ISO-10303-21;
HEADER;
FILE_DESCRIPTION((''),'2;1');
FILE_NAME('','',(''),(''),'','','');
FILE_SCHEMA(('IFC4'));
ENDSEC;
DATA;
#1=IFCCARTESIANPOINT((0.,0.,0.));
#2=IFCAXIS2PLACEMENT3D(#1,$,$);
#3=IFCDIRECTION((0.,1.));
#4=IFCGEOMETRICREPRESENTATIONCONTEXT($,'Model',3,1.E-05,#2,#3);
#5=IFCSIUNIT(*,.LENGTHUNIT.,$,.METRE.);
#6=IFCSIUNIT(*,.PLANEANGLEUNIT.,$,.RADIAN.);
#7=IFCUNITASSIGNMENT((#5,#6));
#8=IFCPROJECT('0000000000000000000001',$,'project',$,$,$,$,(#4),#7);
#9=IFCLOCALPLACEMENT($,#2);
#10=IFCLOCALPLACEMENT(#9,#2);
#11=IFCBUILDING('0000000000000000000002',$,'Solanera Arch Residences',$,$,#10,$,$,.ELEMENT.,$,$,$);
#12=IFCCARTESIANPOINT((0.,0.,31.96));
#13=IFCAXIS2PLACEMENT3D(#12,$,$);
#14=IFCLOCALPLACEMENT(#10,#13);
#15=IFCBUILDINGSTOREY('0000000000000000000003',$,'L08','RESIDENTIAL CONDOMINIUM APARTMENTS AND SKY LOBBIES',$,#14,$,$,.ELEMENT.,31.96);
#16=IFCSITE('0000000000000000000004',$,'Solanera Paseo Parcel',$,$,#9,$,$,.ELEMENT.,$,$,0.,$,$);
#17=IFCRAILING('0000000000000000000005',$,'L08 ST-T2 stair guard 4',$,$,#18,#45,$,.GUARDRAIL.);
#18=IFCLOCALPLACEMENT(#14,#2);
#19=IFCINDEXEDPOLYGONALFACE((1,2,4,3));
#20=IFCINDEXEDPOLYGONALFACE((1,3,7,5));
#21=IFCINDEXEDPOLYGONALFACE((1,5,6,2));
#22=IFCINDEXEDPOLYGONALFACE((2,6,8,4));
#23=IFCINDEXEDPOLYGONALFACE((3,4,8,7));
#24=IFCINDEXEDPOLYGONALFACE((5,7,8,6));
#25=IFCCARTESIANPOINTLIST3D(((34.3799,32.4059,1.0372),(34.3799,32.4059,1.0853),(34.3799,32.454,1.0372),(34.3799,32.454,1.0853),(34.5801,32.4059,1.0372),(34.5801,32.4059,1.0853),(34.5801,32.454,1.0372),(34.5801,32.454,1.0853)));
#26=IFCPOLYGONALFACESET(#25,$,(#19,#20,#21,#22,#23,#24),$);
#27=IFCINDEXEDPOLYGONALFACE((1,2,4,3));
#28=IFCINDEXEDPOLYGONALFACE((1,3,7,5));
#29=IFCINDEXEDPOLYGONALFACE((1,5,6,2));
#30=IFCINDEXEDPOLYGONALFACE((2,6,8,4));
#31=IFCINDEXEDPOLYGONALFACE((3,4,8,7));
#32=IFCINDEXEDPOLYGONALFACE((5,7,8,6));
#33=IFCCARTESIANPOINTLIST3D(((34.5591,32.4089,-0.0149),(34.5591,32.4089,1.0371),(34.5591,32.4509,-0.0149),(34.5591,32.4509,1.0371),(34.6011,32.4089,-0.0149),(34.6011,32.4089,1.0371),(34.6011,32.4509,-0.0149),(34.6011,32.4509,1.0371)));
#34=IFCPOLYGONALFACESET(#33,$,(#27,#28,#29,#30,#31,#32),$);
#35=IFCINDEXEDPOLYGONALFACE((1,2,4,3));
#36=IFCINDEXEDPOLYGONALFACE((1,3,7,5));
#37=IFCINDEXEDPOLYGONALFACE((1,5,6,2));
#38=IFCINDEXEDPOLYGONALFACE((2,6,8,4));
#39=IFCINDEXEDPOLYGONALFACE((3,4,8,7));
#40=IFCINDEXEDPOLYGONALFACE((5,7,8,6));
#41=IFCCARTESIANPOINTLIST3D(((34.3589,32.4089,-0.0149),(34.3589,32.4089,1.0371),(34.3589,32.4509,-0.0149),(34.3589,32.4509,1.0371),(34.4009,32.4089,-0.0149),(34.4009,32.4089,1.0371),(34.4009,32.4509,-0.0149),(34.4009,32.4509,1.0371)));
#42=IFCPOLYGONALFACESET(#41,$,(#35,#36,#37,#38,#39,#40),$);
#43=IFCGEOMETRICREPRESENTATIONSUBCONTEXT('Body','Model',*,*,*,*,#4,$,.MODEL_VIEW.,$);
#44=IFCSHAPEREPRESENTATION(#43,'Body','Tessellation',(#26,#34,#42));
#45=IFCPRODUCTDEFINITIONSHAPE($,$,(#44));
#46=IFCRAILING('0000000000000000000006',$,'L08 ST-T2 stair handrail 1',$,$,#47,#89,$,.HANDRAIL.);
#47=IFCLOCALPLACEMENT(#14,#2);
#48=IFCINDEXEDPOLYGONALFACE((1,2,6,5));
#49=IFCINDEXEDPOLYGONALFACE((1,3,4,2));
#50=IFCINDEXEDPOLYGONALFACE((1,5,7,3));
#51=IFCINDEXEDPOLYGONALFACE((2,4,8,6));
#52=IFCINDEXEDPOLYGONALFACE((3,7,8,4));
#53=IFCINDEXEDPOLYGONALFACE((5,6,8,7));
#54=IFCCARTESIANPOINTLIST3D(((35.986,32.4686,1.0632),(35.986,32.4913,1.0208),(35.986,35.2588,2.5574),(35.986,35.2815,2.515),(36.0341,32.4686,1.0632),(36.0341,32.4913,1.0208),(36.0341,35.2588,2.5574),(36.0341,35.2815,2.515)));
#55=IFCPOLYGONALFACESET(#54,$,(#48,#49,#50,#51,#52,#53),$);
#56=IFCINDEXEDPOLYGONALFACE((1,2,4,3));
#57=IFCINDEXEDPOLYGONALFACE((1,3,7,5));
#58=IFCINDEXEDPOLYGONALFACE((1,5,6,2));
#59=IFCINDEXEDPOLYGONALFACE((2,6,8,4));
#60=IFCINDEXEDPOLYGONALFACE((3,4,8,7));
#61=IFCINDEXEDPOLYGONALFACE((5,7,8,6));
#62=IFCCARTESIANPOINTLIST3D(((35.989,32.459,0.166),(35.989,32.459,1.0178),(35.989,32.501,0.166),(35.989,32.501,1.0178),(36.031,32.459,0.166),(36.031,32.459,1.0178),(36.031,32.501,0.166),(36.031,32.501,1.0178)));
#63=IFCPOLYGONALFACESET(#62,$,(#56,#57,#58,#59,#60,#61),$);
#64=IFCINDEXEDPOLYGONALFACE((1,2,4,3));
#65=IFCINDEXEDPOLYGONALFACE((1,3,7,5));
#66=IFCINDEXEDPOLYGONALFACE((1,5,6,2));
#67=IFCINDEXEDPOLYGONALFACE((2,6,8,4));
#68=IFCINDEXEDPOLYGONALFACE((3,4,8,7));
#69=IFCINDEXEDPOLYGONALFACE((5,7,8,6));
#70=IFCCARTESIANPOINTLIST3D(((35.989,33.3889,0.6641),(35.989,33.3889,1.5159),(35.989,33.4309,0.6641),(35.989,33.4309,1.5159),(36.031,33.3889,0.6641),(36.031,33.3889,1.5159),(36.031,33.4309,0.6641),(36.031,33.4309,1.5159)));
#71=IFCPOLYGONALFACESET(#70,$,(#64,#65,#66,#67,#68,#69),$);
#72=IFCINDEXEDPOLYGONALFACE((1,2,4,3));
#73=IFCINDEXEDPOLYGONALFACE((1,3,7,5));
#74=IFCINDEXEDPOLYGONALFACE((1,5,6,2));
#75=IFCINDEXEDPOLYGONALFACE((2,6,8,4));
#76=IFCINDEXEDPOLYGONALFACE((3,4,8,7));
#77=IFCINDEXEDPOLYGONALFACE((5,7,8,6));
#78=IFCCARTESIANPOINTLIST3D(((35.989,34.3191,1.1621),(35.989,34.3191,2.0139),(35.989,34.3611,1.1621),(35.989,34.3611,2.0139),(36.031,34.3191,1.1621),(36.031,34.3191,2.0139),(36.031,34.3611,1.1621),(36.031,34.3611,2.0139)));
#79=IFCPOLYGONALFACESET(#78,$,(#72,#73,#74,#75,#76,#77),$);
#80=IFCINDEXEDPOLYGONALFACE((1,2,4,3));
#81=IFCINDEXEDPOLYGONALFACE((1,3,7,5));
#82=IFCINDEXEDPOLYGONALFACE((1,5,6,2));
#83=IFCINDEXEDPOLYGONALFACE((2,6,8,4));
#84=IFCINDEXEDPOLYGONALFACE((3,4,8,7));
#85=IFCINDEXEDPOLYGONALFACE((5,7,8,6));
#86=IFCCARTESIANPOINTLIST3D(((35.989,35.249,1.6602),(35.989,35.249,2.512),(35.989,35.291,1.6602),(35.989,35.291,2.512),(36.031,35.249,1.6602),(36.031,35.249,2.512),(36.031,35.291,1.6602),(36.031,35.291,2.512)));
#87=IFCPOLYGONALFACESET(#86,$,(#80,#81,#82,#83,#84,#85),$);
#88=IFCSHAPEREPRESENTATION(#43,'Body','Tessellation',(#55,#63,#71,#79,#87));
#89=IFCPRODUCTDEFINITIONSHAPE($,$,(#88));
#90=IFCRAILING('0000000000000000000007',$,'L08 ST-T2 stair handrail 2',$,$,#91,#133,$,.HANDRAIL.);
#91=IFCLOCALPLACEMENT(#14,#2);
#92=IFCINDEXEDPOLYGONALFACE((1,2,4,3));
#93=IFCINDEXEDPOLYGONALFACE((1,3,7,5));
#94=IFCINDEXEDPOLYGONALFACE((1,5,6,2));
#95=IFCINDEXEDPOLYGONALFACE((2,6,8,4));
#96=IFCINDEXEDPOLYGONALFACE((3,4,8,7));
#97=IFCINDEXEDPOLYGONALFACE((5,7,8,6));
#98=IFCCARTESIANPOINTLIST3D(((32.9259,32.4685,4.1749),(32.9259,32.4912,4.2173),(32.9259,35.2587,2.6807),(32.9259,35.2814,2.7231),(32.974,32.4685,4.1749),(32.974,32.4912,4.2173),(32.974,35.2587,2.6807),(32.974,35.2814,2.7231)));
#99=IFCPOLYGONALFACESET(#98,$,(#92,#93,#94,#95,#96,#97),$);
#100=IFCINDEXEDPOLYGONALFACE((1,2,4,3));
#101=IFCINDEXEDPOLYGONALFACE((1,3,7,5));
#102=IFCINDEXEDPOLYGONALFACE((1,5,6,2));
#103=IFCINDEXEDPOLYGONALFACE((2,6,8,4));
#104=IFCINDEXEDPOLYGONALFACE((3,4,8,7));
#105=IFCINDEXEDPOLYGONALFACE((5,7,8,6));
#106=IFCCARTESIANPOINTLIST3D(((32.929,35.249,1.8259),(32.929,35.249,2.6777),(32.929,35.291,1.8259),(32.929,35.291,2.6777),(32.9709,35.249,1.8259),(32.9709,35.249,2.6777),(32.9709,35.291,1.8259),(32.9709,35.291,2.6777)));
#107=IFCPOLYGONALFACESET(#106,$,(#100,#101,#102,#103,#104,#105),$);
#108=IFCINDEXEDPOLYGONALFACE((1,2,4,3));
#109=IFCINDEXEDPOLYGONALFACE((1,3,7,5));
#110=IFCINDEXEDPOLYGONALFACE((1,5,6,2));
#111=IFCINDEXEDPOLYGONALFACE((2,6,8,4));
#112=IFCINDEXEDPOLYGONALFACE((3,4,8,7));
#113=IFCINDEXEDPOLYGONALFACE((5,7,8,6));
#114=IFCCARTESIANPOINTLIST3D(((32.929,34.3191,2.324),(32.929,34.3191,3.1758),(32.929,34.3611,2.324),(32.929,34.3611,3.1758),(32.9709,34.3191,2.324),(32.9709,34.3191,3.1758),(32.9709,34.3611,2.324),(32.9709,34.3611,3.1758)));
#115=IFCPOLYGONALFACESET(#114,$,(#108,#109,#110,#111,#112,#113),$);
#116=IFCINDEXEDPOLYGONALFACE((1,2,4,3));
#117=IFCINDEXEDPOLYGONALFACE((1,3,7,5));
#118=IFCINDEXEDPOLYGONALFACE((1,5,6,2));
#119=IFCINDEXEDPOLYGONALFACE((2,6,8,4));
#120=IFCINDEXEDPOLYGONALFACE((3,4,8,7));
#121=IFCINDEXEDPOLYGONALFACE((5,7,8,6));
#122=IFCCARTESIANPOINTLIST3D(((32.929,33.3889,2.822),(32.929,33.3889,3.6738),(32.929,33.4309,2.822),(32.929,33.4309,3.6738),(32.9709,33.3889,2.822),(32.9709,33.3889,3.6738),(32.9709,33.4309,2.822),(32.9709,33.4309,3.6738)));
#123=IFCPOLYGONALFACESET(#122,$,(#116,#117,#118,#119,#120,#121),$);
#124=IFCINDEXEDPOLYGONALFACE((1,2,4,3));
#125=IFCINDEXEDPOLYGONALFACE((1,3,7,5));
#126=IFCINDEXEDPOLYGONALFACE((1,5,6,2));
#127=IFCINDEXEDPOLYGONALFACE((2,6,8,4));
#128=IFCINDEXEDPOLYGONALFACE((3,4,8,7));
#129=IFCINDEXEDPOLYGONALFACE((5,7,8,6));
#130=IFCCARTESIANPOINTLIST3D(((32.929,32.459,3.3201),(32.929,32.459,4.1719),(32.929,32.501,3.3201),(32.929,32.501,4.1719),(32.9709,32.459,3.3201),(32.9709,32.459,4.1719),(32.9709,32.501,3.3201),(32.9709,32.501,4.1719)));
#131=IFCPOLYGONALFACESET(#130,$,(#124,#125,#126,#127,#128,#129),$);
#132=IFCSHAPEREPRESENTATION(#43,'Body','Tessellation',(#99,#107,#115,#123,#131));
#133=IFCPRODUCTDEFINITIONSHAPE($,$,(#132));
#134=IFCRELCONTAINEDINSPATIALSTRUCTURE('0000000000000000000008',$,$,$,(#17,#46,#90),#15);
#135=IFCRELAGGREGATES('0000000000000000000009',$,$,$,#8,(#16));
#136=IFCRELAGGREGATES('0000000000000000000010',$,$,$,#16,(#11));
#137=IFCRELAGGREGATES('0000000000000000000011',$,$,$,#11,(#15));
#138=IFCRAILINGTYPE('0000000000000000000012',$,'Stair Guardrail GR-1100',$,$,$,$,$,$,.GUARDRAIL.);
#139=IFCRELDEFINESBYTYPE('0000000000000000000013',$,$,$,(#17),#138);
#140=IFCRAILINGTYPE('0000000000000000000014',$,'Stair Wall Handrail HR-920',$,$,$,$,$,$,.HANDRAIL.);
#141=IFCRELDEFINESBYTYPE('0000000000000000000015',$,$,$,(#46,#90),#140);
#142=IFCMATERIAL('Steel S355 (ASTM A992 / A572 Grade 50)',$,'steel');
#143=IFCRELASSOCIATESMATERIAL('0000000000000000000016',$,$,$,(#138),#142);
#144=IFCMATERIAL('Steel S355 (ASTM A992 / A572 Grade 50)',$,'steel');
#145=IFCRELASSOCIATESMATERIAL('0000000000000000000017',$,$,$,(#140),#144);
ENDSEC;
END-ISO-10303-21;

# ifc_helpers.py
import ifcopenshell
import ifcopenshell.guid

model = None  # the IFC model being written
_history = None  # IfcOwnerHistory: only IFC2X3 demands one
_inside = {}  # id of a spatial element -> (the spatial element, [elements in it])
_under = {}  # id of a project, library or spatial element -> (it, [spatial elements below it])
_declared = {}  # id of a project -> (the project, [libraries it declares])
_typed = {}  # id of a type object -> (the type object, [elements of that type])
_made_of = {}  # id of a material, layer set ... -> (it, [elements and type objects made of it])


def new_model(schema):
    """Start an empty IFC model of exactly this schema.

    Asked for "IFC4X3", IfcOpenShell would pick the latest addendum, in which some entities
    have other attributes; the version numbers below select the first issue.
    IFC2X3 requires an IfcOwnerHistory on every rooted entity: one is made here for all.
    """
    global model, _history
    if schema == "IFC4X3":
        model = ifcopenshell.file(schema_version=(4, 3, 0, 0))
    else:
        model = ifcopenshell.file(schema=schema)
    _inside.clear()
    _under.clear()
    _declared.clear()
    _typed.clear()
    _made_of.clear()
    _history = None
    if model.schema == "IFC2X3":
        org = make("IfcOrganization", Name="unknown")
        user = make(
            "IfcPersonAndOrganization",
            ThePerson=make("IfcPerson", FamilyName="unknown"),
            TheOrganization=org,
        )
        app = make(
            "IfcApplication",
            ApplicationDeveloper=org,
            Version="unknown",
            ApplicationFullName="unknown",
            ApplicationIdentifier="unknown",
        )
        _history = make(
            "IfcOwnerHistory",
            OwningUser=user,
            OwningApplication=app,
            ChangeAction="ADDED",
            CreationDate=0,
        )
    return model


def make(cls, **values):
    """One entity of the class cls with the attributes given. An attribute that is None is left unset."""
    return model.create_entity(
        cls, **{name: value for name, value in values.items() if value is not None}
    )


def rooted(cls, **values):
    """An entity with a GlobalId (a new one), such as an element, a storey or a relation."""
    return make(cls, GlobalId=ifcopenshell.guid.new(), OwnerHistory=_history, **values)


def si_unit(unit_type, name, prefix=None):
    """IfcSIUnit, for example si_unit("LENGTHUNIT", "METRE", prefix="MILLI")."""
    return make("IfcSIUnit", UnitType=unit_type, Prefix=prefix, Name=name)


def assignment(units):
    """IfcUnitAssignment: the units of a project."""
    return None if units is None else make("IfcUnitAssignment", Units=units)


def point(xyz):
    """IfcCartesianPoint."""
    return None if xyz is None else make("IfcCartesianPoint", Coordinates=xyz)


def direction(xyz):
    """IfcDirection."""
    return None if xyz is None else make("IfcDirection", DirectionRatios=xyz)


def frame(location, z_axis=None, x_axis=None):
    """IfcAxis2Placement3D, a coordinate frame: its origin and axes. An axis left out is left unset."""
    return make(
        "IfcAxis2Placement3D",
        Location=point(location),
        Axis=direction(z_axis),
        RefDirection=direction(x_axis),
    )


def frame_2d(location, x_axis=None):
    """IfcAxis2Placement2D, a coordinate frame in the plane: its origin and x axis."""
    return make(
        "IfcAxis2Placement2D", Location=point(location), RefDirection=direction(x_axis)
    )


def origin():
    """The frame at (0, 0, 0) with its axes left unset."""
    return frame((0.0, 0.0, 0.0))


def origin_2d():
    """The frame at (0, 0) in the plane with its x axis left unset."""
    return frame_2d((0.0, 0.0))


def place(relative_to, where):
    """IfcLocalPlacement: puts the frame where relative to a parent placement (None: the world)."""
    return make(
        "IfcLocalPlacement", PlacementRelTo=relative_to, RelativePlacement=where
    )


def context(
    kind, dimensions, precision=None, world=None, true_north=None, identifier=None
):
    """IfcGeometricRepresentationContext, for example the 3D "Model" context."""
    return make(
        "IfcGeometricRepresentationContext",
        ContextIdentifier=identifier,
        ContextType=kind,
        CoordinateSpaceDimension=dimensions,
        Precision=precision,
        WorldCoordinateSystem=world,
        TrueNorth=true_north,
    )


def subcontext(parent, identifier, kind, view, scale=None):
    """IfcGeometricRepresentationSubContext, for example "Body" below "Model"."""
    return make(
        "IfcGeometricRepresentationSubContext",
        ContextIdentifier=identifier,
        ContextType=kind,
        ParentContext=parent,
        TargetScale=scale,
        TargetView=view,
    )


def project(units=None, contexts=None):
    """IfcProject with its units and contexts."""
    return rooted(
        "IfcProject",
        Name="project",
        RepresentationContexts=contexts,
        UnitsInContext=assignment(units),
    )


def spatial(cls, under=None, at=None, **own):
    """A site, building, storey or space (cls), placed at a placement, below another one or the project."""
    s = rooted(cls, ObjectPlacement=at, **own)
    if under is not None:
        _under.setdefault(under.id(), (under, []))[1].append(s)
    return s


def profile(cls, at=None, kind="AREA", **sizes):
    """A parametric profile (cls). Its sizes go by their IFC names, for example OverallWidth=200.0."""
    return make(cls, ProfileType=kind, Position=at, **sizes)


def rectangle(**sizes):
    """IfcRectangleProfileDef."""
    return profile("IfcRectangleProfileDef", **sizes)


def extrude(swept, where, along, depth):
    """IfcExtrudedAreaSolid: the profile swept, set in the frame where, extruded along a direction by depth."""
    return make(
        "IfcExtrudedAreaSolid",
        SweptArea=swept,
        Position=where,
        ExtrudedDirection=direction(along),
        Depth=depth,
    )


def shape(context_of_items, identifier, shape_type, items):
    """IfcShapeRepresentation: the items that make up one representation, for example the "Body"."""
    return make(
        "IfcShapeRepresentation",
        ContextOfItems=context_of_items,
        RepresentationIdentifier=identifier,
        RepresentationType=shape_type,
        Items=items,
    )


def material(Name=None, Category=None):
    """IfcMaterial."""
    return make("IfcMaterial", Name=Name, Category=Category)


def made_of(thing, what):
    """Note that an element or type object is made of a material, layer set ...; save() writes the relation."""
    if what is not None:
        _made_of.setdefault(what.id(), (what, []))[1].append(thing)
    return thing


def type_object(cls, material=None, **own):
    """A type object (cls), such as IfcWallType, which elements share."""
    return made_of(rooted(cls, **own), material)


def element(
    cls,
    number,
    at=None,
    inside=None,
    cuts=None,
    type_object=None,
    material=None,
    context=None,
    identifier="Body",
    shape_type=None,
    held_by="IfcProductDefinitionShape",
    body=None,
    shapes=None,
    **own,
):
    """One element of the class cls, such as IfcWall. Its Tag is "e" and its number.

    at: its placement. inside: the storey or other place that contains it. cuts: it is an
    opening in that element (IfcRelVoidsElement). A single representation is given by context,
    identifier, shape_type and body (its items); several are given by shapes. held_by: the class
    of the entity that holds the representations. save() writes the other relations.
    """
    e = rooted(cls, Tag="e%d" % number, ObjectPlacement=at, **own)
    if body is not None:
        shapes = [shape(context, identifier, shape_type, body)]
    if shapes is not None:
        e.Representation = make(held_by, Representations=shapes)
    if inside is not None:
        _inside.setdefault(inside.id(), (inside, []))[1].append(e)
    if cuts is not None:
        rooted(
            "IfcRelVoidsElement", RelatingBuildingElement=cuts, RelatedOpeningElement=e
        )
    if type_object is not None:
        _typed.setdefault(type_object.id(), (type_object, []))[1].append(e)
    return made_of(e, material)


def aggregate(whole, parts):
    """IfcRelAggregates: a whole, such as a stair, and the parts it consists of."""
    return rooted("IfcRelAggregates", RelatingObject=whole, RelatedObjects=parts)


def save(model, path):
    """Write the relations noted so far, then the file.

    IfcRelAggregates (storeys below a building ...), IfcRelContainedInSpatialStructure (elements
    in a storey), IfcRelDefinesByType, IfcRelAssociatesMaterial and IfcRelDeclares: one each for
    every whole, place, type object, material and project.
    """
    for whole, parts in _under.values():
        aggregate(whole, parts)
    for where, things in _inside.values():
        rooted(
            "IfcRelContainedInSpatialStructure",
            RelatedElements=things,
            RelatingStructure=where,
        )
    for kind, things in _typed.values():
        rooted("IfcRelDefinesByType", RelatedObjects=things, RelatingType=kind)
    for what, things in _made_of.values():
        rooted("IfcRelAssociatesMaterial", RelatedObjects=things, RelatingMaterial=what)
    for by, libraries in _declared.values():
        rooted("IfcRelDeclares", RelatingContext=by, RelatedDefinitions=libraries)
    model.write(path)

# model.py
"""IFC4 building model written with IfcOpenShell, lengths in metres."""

from ifc_helpers import new_model, si_unit, direction, frame, origin, origin_2d, place, context, subcontext, project, spatial, rectangle, extrude, material, type_object, element, save


model = new_model("IFC4")

# Units and contexts
model_context = context("Model", 3, precision=1e-05, world=origin(), true_north=direction((0.0, 1.0)))
body_context = subcontext(model_context, "Body", "Model", "MODEL_VIEW")
ifc_project = project(units=[si_unit("LENGTHUNIT", "METRE"), si_unit("PLANEANGLEUNIT", "RADIAN")], contexts=[model_context])

# Site, building, storey
site_placement = place(None, origin())
site = spatial("IfcSite", under=ifc_project, at=site_placement, Name="Solanera Paseo Parcel", CompositionType="ELEMENT", RefElevation=0.0)
building_placement = place(site_placement, origin())
building = spatial("IfcBuilding", under=site, at=building_placement, Name="Solanera Arch Residences", CompositionType="ELEMENT")
storey_placement = place(building_placement, frame((0.0, 0.0, 31.96)))
storey = spatial("IfcBuildingStorey", under=building, at=storey_placement, Name="L08", Description="RESIDENTIAL CONDOMINIUM APARTMENTS AND SKY LOBBIES", CompositionType="ELEMENT", Elevation=31.96)

# Railings
ifc_material_1 = material(Name="Steel S355 (ASTM A992 / A572 Grade 50)", Category="steel")
railing_type_1 = type_object("IfcRailingType", Name="Stair Guardrail GR-1100", PredefinedType="GUARDRAIL", material=ifc_material_1)
railing_1_placement = place(storey_placement, frame((34.5801, 32.4299, -0.0149)))
element("IfcRailing", 1, at=railing_1_placement, inside=storey, type_object=railing_type_1, Name="L08 ST-T2 stair guard 4", PredefinedType="GUARDRAIL", context=body_context, shape_type="SweptSolid", body=[
    extrude(rectangle(XDim=0.0481, YDim=0.0481, at=origin_2d()), frame((0.0, 0.0, 1.0762), z_axis=(-1.0, 0.0, 0.0), x_axis=(0.0, -1.0, 0.0)), (0.0, 0.0, 1.0), 0.2002),
    extrude(rectangle(XDim=0.042, YDim=0.042, at=origin_2d()), origin(), (0.0, 0.0, 1.0), 1.052),
    extrude(rectangle(XDim=0.042, YDim=0.042, at=origin_2d()), frame((-0.2002, 0.0, 0.0)), (0.0, 0.0, 1.0), 1.052),
])
ifc_material_2 = material(Name="Steel S355 (ASTM A992 / A572 Grade 50)", Category="steel")
railing_type_2 = type_object("IfcRailingType", Name="Stair Wall Handrail HR-920", PredefinedType="HANDRAIL", material=ifc_material_2)
railing_2_placement = place(storey_placement, frame((36.01, 32.48, 0.166)))
element("IfcRailing", 2, at=railing_2_placement, inside=storey, type_object=railing_type_2, Name="L08 ST-T2 stair handrail 1", PredefinedType="HANDRAIL", context=body_context, shape_type="SweptSolid", body=[
    extrude(rectangle(XDim=0.0481, YDim=0.0481, at=origin_2d()), frame((0.0, 0.0, 0.876), z_axis=(0.0, 0.881549, 0.472093), x_axis=(-1.0, 0.0, 0.0)), (0.0, 0.0, 1.0), 3.165),
    extrude(rectangle(XDim=0.042, YDim=0.042, at=origin_2d()), origin(), (0.0, 0.0, 1.0), 0.8518),
    extrude(rectangle(XDim=0.042, YDim=0.042, at=origin_2d()), frame((0.0, 0.9299, 0.498)), (0.0, 0.0, 1.0), 0.8518),
    extrude(rectangle(XDim=0.042, YDim=0.042, at=origin_2d()), frame((0.0, 1.8601, 0.9961)), (0.0, 0.0, 1.0), 0.8518),
    extrude(rectangle(XDim=0.042, YDim=0.042, at=origin_2d()), frame((0.0, 2.79, 1.4941)), (0.0, 0.0, 1.0), 0.8518),
])
railing_3_placement = place(storey_placement, frame((32.95, 35.27, 1.8259)))
element("IfcRailing", 3, at=railing_3_placement, inside=storey, type_object=railing_type_2, Name="L08 ST-T2 stair handrail 2", PredefinedType="HANDRAIL", context=body_context, shape_type="SweptSolid", body=[
    extrude(rectangle(XDim=0.0481, YDim=0.0481, at=origin_2d()), frame((0.0, 0.0, 0.876), z_axis=(0.0, -0.881549, 0.472093), x_axis=(1.0, 0.0, 0.0)), (0.0, 0.0, 1.0), 3.165),
    extrude(rectangle(XDim=0.042, YDim=0.042, at=origin_2d()), origin(), (0.0, 0.0, 1.0), 0.8518),
    extrude(rectangle(XDim=0.042, YDim=0.042, at=origin_2d()), frame((0.0, -0.9299, 0.498)), (0.0, 0.0, 1.0), 0.8518),
    extrude(rectangle(XDim=0.042, YDim=0.042, at=origin_2d()), frame((0.0, -1.8601, 0.9961)), (0.0, 0.0, 1.0), 0.8518),
    extrude(rectangle(XDim=0.042, YDim=0.042, at=origin_2d()), frame((0.0, -2.79, 1.4941)), (0.0, 0.0, 1.0), 0.8518),
])

save(model, "model.ifc")
